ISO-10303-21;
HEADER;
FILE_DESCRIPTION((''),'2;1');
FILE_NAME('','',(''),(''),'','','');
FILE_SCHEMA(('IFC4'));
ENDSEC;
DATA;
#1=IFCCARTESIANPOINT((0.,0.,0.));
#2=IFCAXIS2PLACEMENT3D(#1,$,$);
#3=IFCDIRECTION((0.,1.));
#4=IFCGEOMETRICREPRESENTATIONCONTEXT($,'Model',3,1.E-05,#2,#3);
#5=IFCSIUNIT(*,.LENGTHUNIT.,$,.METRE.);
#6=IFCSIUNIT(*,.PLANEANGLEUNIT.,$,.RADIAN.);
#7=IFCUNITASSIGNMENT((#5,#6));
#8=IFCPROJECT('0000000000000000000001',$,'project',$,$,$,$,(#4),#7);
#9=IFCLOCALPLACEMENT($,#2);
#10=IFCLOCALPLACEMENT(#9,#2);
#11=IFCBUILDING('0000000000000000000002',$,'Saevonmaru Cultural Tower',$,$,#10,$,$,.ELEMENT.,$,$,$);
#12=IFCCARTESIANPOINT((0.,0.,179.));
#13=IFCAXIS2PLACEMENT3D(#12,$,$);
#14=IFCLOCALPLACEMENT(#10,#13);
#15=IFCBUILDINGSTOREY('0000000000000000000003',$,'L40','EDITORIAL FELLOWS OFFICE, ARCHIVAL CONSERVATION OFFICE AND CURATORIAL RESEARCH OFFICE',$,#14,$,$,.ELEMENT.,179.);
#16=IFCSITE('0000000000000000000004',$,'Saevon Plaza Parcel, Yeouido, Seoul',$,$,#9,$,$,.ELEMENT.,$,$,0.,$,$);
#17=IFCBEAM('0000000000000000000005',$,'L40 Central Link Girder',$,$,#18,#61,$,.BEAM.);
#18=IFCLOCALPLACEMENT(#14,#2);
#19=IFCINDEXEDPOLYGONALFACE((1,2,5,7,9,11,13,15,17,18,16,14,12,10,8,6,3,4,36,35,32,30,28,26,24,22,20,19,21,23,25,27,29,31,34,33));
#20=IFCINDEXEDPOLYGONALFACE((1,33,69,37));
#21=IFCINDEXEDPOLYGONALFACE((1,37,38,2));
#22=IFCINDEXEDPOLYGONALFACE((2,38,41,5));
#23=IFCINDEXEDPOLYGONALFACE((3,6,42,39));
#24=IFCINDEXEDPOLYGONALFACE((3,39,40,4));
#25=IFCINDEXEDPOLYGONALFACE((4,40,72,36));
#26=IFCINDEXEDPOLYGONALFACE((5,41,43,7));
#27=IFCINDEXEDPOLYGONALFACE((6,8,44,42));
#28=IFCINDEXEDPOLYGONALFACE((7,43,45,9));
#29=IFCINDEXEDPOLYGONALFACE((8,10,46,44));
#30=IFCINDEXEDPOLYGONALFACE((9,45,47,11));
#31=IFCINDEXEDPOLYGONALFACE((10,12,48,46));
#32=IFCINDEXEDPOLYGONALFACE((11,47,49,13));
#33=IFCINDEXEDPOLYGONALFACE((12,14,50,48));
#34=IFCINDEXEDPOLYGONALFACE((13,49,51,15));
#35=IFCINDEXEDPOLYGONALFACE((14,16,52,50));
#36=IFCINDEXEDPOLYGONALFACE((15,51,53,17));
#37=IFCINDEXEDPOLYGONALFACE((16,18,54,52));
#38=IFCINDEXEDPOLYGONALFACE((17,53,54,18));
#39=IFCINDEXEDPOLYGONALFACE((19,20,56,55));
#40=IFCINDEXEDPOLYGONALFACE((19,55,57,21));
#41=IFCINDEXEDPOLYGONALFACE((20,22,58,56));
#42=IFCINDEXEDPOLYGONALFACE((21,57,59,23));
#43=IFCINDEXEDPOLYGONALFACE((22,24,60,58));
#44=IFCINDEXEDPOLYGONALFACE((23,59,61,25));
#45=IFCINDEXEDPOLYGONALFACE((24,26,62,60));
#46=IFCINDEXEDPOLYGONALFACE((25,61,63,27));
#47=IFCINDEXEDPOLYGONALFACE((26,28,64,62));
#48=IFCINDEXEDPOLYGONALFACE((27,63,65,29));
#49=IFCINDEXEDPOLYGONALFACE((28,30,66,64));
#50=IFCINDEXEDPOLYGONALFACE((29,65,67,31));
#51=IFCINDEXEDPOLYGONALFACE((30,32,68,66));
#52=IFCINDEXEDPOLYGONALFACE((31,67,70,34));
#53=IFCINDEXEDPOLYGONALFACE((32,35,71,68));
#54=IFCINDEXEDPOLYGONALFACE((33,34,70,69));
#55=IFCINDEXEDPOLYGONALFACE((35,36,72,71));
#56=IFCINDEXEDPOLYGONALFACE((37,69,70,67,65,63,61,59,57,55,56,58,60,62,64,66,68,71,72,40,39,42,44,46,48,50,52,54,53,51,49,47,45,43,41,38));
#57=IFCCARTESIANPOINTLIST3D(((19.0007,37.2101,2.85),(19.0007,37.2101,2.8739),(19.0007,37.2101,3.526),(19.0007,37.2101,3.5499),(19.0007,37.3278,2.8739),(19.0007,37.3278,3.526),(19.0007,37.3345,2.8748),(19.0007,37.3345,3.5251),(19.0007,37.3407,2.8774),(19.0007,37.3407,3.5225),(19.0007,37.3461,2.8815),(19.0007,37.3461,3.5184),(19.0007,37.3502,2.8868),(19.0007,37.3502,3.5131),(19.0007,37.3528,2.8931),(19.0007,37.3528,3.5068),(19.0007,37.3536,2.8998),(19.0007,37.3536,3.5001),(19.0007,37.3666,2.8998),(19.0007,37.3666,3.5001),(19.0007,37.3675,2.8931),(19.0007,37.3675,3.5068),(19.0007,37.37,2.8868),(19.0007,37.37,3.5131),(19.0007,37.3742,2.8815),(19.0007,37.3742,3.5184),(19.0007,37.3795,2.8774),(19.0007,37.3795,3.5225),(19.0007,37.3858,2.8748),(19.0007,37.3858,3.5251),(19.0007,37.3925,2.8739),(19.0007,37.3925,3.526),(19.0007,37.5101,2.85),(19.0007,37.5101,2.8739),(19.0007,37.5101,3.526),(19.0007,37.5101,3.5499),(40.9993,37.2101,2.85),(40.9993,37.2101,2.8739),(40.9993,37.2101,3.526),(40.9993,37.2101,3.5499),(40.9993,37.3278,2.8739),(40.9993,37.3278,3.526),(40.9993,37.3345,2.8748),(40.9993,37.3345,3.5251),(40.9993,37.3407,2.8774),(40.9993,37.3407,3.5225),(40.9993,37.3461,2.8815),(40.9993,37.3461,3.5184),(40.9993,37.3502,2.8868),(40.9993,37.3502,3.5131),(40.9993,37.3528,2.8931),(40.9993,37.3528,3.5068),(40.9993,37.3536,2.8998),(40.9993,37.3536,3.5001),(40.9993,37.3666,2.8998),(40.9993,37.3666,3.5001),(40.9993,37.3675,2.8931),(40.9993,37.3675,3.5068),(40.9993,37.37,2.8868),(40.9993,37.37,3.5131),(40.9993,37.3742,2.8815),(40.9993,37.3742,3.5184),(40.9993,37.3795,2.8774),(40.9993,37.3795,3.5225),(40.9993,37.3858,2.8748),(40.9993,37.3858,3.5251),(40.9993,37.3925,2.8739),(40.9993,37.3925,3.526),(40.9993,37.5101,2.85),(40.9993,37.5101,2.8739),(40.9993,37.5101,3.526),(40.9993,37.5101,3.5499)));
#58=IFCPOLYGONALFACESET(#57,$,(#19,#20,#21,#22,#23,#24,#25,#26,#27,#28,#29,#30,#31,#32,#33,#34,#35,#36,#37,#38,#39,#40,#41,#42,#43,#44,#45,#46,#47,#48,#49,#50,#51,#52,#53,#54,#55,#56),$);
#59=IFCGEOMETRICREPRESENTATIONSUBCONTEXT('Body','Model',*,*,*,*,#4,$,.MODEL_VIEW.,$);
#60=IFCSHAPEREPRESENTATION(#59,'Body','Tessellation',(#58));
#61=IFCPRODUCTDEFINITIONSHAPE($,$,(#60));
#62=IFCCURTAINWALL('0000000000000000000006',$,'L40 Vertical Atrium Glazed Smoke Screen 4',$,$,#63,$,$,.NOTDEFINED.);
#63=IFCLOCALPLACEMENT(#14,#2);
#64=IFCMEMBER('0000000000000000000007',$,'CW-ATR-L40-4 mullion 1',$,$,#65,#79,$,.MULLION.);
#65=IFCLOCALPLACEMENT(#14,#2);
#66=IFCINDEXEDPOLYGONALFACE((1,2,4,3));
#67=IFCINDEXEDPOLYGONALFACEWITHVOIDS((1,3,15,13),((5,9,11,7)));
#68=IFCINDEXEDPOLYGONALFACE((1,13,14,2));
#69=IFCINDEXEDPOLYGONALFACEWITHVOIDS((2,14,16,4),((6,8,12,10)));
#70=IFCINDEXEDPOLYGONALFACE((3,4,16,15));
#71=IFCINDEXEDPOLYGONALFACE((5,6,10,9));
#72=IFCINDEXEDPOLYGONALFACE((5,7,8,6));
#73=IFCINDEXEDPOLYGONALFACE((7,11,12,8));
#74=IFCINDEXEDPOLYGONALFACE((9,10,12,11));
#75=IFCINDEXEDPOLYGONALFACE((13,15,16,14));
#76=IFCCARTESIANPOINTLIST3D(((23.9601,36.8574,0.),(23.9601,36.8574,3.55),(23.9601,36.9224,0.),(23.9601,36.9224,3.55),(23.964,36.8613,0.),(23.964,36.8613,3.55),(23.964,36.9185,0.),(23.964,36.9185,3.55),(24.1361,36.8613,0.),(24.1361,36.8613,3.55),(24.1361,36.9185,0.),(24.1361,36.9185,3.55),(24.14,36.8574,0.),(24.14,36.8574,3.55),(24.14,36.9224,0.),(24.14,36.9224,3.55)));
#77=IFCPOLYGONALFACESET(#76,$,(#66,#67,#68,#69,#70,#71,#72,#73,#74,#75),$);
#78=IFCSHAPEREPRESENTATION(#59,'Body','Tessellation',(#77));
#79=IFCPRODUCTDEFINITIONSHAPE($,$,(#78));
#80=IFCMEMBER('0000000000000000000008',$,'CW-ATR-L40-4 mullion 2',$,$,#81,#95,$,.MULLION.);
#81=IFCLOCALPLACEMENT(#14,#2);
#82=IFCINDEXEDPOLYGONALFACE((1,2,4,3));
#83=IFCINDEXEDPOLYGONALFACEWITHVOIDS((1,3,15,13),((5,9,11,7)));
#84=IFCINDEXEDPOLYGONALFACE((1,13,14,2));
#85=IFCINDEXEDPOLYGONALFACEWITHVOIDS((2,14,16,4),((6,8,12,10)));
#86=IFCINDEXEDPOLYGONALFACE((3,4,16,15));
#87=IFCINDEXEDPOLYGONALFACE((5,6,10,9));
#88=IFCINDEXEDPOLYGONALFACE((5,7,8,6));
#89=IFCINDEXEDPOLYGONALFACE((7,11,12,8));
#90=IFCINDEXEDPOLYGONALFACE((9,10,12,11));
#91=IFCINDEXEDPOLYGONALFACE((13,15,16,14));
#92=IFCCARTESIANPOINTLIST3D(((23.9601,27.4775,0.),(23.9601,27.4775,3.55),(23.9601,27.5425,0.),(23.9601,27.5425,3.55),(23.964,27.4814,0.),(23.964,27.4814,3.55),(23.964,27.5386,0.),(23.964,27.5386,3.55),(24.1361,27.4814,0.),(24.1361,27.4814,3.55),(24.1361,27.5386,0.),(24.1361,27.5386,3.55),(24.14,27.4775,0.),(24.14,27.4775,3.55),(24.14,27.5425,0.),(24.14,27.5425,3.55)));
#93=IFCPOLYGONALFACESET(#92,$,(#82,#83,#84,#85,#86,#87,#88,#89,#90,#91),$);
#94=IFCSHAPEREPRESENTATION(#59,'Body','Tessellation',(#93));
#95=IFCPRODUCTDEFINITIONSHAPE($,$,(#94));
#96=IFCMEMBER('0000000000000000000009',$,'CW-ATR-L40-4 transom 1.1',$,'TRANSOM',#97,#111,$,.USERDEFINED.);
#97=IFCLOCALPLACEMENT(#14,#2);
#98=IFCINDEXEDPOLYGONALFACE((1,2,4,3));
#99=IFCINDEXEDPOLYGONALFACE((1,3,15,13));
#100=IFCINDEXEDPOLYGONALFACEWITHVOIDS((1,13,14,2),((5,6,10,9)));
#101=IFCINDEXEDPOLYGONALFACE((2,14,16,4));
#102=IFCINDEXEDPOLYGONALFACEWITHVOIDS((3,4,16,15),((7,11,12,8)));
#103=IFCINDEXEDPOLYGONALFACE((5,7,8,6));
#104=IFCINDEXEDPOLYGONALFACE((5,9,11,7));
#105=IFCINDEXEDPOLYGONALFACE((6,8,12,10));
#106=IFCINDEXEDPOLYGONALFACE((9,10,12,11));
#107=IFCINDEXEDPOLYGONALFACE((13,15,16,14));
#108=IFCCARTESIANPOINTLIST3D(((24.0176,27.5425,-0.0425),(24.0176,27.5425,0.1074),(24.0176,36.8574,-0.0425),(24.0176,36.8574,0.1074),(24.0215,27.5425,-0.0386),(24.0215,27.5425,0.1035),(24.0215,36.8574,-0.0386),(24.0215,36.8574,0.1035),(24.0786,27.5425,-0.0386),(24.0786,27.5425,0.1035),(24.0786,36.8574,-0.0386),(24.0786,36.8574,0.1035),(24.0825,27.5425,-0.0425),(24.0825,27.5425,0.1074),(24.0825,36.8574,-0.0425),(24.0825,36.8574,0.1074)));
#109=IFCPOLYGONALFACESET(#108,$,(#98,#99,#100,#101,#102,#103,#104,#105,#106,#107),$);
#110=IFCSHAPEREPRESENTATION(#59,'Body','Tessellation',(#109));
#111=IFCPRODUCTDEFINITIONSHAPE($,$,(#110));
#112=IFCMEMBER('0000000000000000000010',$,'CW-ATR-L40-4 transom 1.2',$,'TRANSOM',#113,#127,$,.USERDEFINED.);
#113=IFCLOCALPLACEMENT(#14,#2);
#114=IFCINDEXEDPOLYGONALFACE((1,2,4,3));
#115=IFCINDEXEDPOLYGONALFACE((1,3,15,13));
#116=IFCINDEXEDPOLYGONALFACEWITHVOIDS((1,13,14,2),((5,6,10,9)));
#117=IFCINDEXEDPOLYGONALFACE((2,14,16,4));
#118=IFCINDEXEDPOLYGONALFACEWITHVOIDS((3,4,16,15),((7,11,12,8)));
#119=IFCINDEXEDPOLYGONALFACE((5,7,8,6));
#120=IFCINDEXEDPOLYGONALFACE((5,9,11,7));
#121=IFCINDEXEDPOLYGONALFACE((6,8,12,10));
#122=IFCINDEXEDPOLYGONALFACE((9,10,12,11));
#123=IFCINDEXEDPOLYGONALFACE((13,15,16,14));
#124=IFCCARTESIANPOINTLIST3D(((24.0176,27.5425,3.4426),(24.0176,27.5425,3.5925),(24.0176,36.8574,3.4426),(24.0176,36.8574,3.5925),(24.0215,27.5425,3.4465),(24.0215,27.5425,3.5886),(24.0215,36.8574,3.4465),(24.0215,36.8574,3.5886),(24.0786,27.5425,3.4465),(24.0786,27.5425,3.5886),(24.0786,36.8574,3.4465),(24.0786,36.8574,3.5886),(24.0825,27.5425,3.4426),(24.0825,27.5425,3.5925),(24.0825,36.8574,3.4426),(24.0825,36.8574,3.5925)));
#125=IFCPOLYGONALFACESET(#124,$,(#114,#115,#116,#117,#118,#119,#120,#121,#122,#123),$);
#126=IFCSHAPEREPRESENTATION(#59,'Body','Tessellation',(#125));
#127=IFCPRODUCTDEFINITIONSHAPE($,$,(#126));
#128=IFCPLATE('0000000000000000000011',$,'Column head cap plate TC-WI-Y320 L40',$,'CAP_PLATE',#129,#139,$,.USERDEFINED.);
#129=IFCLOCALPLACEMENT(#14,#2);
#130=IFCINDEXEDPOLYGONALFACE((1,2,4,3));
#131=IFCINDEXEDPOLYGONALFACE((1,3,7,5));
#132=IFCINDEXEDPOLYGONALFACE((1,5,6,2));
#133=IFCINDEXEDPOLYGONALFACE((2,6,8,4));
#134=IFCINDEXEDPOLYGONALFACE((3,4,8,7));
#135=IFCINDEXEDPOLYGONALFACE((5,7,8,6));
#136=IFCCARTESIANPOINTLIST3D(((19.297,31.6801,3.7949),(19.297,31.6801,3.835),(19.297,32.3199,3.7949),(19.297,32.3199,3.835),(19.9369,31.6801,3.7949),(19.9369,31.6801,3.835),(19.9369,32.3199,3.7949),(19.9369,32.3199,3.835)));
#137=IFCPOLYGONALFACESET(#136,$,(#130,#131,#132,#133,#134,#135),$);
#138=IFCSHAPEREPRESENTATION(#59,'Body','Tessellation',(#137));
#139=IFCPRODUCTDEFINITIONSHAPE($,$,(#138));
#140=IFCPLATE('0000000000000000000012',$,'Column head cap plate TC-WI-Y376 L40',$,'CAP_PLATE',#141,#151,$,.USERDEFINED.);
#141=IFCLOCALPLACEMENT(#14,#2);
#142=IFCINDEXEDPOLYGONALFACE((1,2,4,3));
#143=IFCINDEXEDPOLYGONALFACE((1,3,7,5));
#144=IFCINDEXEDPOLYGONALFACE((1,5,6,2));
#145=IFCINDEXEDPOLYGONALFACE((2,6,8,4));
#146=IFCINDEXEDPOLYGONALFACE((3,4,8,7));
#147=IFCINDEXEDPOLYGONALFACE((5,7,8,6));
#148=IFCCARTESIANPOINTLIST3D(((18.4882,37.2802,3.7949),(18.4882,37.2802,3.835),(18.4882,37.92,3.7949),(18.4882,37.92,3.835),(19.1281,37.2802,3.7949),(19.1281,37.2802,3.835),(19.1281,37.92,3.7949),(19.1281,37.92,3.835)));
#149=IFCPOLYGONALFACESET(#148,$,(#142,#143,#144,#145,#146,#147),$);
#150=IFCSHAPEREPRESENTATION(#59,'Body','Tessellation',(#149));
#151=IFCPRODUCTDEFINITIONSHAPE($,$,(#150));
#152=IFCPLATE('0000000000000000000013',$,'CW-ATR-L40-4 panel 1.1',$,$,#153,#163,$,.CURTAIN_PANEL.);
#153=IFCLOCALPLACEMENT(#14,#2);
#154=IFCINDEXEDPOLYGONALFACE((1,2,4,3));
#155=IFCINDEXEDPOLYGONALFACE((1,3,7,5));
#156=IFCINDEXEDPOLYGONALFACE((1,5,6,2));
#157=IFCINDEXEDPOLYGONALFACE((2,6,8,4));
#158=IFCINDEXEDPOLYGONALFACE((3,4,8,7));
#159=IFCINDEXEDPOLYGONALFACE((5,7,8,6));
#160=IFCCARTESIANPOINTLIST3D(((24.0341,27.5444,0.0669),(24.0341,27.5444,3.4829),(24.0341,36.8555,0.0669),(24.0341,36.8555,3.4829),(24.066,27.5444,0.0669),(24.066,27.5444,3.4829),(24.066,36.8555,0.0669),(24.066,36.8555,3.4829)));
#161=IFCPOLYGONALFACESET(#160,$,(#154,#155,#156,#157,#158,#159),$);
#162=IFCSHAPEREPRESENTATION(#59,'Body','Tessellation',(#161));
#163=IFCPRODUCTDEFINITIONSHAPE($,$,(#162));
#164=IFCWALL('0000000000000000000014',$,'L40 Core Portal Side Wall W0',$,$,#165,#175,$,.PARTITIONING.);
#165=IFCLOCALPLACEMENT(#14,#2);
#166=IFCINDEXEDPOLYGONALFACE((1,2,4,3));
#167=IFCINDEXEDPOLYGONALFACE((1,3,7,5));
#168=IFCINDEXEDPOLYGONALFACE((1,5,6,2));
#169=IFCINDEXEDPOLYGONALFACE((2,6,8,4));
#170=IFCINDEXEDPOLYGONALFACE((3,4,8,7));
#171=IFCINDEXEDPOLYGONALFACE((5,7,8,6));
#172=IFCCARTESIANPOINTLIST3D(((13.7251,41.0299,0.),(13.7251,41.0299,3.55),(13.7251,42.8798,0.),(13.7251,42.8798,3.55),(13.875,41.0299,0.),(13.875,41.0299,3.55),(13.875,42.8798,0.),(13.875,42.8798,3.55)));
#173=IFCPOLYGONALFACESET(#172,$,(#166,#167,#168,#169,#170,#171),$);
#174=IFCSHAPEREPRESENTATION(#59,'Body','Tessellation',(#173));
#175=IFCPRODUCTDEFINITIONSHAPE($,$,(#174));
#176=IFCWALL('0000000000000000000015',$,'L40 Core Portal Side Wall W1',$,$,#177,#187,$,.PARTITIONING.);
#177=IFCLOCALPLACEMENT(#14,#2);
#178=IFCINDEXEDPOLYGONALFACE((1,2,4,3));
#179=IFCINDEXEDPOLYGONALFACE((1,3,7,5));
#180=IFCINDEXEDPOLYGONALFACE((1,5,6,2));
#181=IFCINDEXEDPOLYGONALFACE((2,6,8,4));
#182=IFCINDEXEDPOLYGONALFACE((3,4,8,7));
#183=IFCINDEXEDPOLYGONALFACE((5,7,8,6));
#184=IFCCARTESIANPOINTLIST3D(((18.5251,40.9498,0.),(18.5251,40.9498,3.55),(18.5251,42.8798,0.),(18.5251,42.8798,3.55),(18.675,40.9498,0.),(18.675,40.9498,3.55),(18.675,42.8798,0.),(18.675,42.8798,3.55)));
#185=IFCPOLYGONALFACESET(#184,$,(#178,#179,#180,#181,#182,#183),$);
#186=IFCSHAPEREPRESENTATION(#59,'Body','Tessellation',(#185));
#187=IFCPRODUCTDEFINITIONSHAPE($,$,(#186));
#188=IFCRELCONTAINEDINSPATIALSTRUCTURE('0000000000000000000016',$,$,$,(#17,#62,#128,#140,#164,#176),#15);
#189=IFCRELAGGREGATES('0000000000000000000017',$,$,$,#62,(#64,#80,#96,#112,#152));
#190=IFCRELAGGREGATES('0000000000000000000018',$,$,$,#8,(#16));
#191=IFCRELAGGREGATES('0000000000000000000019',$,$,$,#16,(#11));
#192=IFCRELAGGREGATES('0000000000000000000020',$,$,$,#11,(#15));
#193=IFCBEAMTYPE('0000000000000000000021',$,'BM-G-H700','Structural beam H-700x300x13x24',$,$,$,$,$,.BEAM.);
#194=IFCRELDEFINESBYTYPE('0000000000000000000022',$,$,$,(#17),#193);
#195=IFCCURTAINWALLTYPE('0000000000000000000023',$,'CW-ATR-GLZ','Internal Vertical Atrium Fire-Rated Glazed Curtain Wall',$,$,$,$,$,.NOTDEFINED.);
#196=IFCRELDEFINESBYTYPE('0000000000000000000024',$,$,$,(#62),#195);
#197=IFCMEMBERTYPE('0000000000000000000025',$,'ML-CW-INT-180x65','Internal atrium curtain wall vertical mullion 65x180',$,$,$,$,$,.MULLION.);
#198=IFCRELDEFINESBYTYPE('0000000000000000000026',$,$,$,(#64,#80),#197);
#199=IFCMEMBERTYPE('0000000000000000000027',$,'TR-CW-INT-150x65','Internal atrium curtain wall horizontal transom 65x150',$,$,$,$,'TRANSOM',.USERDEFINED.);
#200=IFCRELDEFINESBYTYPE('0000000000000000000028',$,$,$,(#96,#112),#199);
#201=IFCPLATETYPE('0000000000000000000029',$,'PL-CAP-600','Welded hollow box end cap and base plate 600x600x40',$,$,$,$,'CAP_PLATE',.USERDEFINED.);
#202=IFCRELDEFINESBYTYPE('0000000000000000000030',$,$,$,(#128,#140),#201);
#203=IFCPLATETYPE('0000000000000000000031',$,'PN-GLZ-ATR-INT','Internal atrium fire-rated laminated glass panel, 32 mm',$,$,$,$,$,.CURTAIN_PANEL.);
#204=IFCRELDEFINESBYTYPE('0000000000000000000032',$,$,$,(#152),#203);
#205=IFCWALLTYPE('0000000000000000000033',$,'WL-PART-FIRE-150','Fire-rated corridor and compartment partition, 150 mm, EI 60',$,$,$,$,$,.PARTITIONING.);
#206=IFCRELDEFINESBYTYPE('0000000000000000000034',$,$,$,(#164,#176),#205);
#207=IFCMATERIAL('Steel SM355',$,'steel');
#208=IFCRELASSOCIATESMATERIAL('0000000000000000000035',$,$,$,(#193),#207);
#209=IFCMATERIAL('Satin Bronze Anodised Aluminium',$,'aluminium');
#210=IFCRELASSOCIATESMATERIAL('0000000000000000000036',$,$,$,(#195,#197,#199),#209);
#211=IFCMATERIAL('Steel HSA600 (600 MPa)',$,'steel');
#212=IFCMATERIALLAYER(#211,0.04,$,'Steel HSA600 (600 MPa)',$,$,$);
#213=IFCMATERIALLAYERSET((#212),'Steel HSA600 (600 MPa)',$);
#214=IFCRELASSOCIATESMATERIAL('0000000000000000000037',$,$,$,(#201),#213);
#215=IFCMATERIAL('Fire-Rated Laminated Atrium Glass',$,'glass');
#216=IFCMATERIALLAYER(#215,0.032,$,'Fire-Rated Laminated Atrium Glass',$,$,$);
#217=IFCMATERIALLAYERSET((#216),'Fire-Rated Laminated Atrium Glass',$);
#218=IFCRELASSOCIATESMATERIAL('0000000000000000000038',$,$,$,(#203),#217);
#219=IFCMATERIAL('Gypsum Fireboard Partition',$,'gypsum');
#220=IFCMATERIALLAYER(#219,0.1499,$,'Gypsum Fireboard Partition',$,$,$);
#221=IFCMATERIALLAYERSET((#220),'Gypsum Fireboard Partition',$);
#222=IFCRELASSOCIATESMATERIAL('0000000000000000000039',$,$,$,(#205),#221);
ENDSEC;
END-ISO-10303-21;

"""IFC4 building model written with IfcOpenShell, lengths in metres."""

from ifc_helpers import new_model, si_unit, direction, frame, frame_2d, origin, origin_2d, place, context, subcontext, project, spatial, rectangle, hollow_rectangle, i_section, extrude, material, layer, layer_set, material_profile, profile_set, type_object, element, aggregate, save


model = new_model("IFC4")

# Units and contexts
model_context = context("Model", 3, precision=1e-05, world=origin(), true_north=direction((0.0, 1.0)))
body_context = subcontext(model_context, "Body", "Model", "MODEL_VIEW")
ifc_project = project(units=[si_unit("LENGTHUNIT", "METRE"), si_unit("PLANEANGLEUNIT", "RADIAN")], contexts=[model_context])

# Site, building, storey
site_placement = place(None, origin())
site = spatial("IfcSite", under=ifc_project, at=site_placement, Name="Saevon Plaza Parcel, Yeouido, Seoul", CompositionType="ELEMENT", RefElevation=0.0)
building_placement = place(site_placement, origin())
building = spatial("IfcBuilding", under=site, at=building_placement, Name="Saevonmaru Cultural Tower", CompositionType="ELEMENT")
storey_placement = place(building_placement, frame((0.0, 0.0, 179.0)))
storey = spatial("IfcBuildingStorey", under=building, at=storey_placement, Name="L40", Description="EDITORIAL FELLOWS OFFICE, ARCHIVAL CONSERVATION OFFICE AND CURATORIAL RESEARCH OFFICE", CompositionType="ELEMENT", Elevation=179.0)

# Shared definitions
ifc_material_1 = material(Name="Steel SM355", Category="steel")

# Beam
ifc_material_profile_1 = material_profile(ifc_material_1, i_section(OverallWidth=0.3, OverallDepth=0.7, WebThickness=0.0129, FlangeThickness=0.0239, FilletRadius=0.0259, at=origin_2d()), Name="H-700x300x13x24")
ifc_profile_set_1 = profile_set([ifc_material_profile_1], Name="Steel SM355")
beam_type = type_object("IfcBeamType", Name="BM-G-H700", Description="Structural beam H-700x300x13x24", PredefinedType="BEAM", material=ifc_profile_set_1)
beam_1_placement = place(storey_placement, frame((19.0007, 37.3601, 3.2), z_axis=(1.0, 0.0, 0.0), x_axis=(0.0, 1.0, 0.0)))
element("IfcBeam", 1, at=beam_1_placement, inside=storey, type_object=beam_type, Name="L40 Central Link Girder", PredefinedType="BEAM", context=body_context, shape_type="SweptSolid", body=[
    extrude(i_section(OverallWidth=0.3, OverallDepth=0.7, WebThickness=0.0129, FlangeThickness=0.0239, FilletRadius=0.0259, at=origin_2d()), origin(), (0.0, 0.0, 1.0), 21.9985),
])

# Curtain wall, members
ifc_material_2 = material(Name="Satin Bronze Anodised Aluminium", Category="aluminium")
curtain_wall_type = type_object("IfcCurtainWallType", Name="CW-ATR-GLZ", Description="Internal Vertical Atrium Fire-Rated Glazed Curtain Wall", PredefinedType="NOTDEFINED", material=ifc_material_2)
curtain_wall_placement = place(storey_placement, origin())
curtain_wall = element("IfcCurtainWall", 2, at=curtain_wall_placement, inside=storey, type_object=curtain_wall_type, Name="L40 Vertical Atrium Glazed Smoke Screen 4", PredefinedType="NOTDEFINED")
ifc_material_profile_2 = material_profile(ifc_material_2, hollow_rectangle(XDim=0.0649, YDim=0.1799, WallThickness=0.0039, at=origin_2d()), Name="ALU-MULL-180x65x4")
ifc_profile_set_2 = profile_set([ifc_material_profile_2], Name="Satin Bronze Anodised Aluminium")
member_type_1 = type_object("IfcMemberType", Name="ML-CW-INT-180x65", Description="Internal atrium curtain wall vertical mullion 65x180", PredefinedType="MULLION", material=ifc_profile_set_2)
member_1_placement = place(storey_placement, frame((24.05, 36.8899, 0.0), z_axis=(0.0, 0.0, 1.0), x_axis=(0.0, -1.0, 0.0)))
member_1 = element("IfcMember", 3, at=member_1_placement, type_object=member_type_1, Name="CW-ATR-L40-4 mullion 1", PredefinedType="MULLION", context=body_context, shape_type="SweptSolid", body=[
    extrude(hollow_rectangle(XDim=0.0649, YDim=0.1799, WallThickness=0.0039, at=origin_2d()), origin(), (0.0, 0.0, 1.0), 3.55),
])
member_2_placement = place(storey_placement, frame((24.05, 27.51, 0.0), z_axis=(0.0, 0.0, 1.0), x_axis=(0.0, -1.0, 0.0)))
member_2 = element("IfcMember", 4, at=member_2_placement, type_object=member_type_1, Name="CW-ATR-L40-4 mullion 2", PredefinedType="MULLION", context=body_context, shape_type="SweptSolid", body=[
    extrude(hollow_rectangle(XDim=0.0649, YDim=0.1799, WallThickness=0.0039, at=origin_2d()), origin(), (0.0, 0.0, 1.0), 3.55),
])
ifc_material_profile_3 = material_profile(ifc_material_2, hollow_rectangle(XDim=0.0649, YDim=0.1499, WallThickness=0.0039, at=origin_2d()), Name="ALU-TRAN-150x65x4")
ifc_profile_set_3 = profile_set([ifc_material_profile_3], Name="Satin Bronze Anodised Aluminium")
member_type_2 = type_object("IfcMemberType", Name="TR-CW-INT-150x65", Description="Internal atrium curtain wall horizontal transom 65x150", ElementType="TRANSOM", PredefinedType="USERDEFINED", material=ifc_profile_set_3)
member_3_placement = place(storey_placement, frame((24.05, 36.8574, 0.0325), z_axis=(0.0, -1.0, 0.0), x_axis=(1.0, 0.0, 0.0)))
member_3 = element("IfcMember", 5, at=member_3_placement, type_object=member_type_2, Name="CW-ATR-L40-4 transom 1.1", ObjectType="TRANSOM", PredefinedType="USERDEFINED", context=body_context, shape_type="SweptSolid", body=[
    extrude(hollow_rectangle(XDim=0.0649, YDim=0.1499, WallThickness=0.0039, at=origin_2d()), origin(), (0.0, 0.0, 1.0), 9.3149),
])
member_4_placement = place(storey_placement, frame((24.05, 36.8574, 3.5176), z_axis=(0.0, -1.0, 0.0), x_axis=(1.0, 0.0, 0.0)))
member_4 = element("IfcMember", 6, at=member_4_placement, type_object=member_type_2, Name="CW-ATR-L40-4 transom 1.2", ObjectType="TRANSOM", PredefinedType="USERDEFINED", context=body_context, shape_type="SweptSolid", body=[
    extrude(hollow_rectangle(XDim=0.0649, YDim=0.1499, WallThickness=0.0039, at=origin_2d()), origin(), (0.0, 0.0, 1.0), 9.3149),
])

# Plates
ifc_material_3 = material(Name="Steel HSA600 (600 MPa)", Category="steel")
ifc_layer_1 = layer(ifc_material_3, 0.04, Name="Steel HSA600 (600 MPa)")
ifc_layer_set_1 = layer_set([ifc_layer_1], Name="Steel HSA600 (600 MPa)")
plate_type_1 = type_object("IfcPlateType", Name="PL-CAP-600", Description="Welded hollow box end cap and base plate 600x600x40", ElementType="CAP_PLATE", PredefinedType="USERDEFINED", material=ifc_layer_set_1)
for number, where, z_axis, x_axis, name in (
    (7, (19.6169, 32.0, 3.7949), (0.0, 0.0, 1.0), (1.0, 0.0, 0.0), "Column head cap plate TC-WI-Y320 L40"),
    (8, (18.8081, 37.6001, 3.7949), (0.0, 0.0, 1.0), (1.0, 0.0, 0.0), "Column head cap plate TC-WI-Y376 L40"),
):
    element("IfcPlate", number, at=place(storey_placement, frame(where, z_axis=z_axis, x_axis=x_axis)), inside=storey, type_object=plate_type_1, Name=name, ObjectType="CAP_PLATE", PredefinedType="USERDEFINED", context=body_context, shape_type="SweptSolid", body=[
        extrude(rectangle(XDim=0.6399, YDim=0.6399, at=origin_2d()), origin(), (0.0, 0.0, 1.0), 0.04),
    ])

# Plate
ifc_material_4 = material(Name="Fire-Rated Laminated Atrium Glass", Category="glass")
ifc_layer_2 = layer(ifc_material_4, 0.032, Name="Fire-Rated Laminated Atrium Glass")
ifc_layer_set_2 = layer_set([ifc_layer_2], Name="Fire-Rated Laminated Atrium Glass")
plate_type_2 = type_object("IfcPlateType", Name="PN-GLZ-ATR-INT", Description="Internal atrium fire-rated laminated glass panel, 32 mm", PredefinedType="CURTAIN_PANEL", material=ifc_layer_set_2)
plate_placement = place(storey_placement, frame((24.05, 32.2, 0.0669), z_axis=(0.0, 0.0, 1.0), x_axis=(0.0, -1.0, 0.0)))
plate = element("IfcPlate", 9, at=plate_placement, type_object=plate_type_2, Name="CW-ATR-L40-4 panel 1.1", PredefinedType="CURTAIN_PANEL", context=body_context, shape_type="SweptSolid", body=[
    extrude(rectangle(XDim=9.311, YDim=0.032, at=origin_2d()), origin(), (0.0, 0.0, 1.0), 3.416),
])
aggregate(curtain_wall, [member_1, member_2, member_3, member_4, plate])

# Walls
ifc_material_5 = material(Name="Gypsum Fireboard Partition", Category="gypsum")
ifc_layer_3 = layer(ifc_material_5, 0.1499, Name="Gypsum Fireboard Partition")
ifc_layer_set_3 = layer_set([ifc_layer_3], Name="Gypsum Fireboard Partition")
wall_type_1 = type_object("IfcWallType", Name="WL-PART-FIRE-150", Description="Fire-rated corridor and compartment partition, 150 mm, EI 60", PredefinedType="PARTITIONING", material=ifc_layer_set_3)
wall_1_placement = place(storey_placement, frame((13.8, 41.03, 0.0), z_axis=(0.0, 0.0, 1.0), x_axis=(0.0, 1.0, 0.0)))
element("IfcWall", 10, at=wall_1_placement, inside=storey, type_object=wall_type_1, Name="L40 Core Portal Side Wall W0", PredefinedType="PARTITIONING", context=body_context, shape_type="SweptSolid", body=[
    extrude(rectangle(XDim=1.8499, YDim=0.1499, at=frame_2d((0.9248, 0.0))), origin(), (0.0, 0.0, 1.0), 3.55),
])
for number, where, z_axis, x_axis, name in (
    (11, (18.6001, 40.95, 0.0), (0.0, 0.0, 1.0), (0.0, 1.0, 0.0), "L40 Core Portal Side Wall W1"),
):
    element("IfcWall", number, at=place(storey_placement, frame(where, z_axis=z_axis, x_axis=x_axis)), inside=storey, type_object=wall_type_1, Name=name, PredefinedType="PARTITIONING", context=body_context, shape_type="SweptSolid", body=[
        extrude(rectangle(XDim=1.9299, YDim=0.1499, at=frame_2d((0.9648, 0.0))), origin(), (0.0, 0.0, 1.0), 3.55),
    ])

save(model, "model.ifc")
